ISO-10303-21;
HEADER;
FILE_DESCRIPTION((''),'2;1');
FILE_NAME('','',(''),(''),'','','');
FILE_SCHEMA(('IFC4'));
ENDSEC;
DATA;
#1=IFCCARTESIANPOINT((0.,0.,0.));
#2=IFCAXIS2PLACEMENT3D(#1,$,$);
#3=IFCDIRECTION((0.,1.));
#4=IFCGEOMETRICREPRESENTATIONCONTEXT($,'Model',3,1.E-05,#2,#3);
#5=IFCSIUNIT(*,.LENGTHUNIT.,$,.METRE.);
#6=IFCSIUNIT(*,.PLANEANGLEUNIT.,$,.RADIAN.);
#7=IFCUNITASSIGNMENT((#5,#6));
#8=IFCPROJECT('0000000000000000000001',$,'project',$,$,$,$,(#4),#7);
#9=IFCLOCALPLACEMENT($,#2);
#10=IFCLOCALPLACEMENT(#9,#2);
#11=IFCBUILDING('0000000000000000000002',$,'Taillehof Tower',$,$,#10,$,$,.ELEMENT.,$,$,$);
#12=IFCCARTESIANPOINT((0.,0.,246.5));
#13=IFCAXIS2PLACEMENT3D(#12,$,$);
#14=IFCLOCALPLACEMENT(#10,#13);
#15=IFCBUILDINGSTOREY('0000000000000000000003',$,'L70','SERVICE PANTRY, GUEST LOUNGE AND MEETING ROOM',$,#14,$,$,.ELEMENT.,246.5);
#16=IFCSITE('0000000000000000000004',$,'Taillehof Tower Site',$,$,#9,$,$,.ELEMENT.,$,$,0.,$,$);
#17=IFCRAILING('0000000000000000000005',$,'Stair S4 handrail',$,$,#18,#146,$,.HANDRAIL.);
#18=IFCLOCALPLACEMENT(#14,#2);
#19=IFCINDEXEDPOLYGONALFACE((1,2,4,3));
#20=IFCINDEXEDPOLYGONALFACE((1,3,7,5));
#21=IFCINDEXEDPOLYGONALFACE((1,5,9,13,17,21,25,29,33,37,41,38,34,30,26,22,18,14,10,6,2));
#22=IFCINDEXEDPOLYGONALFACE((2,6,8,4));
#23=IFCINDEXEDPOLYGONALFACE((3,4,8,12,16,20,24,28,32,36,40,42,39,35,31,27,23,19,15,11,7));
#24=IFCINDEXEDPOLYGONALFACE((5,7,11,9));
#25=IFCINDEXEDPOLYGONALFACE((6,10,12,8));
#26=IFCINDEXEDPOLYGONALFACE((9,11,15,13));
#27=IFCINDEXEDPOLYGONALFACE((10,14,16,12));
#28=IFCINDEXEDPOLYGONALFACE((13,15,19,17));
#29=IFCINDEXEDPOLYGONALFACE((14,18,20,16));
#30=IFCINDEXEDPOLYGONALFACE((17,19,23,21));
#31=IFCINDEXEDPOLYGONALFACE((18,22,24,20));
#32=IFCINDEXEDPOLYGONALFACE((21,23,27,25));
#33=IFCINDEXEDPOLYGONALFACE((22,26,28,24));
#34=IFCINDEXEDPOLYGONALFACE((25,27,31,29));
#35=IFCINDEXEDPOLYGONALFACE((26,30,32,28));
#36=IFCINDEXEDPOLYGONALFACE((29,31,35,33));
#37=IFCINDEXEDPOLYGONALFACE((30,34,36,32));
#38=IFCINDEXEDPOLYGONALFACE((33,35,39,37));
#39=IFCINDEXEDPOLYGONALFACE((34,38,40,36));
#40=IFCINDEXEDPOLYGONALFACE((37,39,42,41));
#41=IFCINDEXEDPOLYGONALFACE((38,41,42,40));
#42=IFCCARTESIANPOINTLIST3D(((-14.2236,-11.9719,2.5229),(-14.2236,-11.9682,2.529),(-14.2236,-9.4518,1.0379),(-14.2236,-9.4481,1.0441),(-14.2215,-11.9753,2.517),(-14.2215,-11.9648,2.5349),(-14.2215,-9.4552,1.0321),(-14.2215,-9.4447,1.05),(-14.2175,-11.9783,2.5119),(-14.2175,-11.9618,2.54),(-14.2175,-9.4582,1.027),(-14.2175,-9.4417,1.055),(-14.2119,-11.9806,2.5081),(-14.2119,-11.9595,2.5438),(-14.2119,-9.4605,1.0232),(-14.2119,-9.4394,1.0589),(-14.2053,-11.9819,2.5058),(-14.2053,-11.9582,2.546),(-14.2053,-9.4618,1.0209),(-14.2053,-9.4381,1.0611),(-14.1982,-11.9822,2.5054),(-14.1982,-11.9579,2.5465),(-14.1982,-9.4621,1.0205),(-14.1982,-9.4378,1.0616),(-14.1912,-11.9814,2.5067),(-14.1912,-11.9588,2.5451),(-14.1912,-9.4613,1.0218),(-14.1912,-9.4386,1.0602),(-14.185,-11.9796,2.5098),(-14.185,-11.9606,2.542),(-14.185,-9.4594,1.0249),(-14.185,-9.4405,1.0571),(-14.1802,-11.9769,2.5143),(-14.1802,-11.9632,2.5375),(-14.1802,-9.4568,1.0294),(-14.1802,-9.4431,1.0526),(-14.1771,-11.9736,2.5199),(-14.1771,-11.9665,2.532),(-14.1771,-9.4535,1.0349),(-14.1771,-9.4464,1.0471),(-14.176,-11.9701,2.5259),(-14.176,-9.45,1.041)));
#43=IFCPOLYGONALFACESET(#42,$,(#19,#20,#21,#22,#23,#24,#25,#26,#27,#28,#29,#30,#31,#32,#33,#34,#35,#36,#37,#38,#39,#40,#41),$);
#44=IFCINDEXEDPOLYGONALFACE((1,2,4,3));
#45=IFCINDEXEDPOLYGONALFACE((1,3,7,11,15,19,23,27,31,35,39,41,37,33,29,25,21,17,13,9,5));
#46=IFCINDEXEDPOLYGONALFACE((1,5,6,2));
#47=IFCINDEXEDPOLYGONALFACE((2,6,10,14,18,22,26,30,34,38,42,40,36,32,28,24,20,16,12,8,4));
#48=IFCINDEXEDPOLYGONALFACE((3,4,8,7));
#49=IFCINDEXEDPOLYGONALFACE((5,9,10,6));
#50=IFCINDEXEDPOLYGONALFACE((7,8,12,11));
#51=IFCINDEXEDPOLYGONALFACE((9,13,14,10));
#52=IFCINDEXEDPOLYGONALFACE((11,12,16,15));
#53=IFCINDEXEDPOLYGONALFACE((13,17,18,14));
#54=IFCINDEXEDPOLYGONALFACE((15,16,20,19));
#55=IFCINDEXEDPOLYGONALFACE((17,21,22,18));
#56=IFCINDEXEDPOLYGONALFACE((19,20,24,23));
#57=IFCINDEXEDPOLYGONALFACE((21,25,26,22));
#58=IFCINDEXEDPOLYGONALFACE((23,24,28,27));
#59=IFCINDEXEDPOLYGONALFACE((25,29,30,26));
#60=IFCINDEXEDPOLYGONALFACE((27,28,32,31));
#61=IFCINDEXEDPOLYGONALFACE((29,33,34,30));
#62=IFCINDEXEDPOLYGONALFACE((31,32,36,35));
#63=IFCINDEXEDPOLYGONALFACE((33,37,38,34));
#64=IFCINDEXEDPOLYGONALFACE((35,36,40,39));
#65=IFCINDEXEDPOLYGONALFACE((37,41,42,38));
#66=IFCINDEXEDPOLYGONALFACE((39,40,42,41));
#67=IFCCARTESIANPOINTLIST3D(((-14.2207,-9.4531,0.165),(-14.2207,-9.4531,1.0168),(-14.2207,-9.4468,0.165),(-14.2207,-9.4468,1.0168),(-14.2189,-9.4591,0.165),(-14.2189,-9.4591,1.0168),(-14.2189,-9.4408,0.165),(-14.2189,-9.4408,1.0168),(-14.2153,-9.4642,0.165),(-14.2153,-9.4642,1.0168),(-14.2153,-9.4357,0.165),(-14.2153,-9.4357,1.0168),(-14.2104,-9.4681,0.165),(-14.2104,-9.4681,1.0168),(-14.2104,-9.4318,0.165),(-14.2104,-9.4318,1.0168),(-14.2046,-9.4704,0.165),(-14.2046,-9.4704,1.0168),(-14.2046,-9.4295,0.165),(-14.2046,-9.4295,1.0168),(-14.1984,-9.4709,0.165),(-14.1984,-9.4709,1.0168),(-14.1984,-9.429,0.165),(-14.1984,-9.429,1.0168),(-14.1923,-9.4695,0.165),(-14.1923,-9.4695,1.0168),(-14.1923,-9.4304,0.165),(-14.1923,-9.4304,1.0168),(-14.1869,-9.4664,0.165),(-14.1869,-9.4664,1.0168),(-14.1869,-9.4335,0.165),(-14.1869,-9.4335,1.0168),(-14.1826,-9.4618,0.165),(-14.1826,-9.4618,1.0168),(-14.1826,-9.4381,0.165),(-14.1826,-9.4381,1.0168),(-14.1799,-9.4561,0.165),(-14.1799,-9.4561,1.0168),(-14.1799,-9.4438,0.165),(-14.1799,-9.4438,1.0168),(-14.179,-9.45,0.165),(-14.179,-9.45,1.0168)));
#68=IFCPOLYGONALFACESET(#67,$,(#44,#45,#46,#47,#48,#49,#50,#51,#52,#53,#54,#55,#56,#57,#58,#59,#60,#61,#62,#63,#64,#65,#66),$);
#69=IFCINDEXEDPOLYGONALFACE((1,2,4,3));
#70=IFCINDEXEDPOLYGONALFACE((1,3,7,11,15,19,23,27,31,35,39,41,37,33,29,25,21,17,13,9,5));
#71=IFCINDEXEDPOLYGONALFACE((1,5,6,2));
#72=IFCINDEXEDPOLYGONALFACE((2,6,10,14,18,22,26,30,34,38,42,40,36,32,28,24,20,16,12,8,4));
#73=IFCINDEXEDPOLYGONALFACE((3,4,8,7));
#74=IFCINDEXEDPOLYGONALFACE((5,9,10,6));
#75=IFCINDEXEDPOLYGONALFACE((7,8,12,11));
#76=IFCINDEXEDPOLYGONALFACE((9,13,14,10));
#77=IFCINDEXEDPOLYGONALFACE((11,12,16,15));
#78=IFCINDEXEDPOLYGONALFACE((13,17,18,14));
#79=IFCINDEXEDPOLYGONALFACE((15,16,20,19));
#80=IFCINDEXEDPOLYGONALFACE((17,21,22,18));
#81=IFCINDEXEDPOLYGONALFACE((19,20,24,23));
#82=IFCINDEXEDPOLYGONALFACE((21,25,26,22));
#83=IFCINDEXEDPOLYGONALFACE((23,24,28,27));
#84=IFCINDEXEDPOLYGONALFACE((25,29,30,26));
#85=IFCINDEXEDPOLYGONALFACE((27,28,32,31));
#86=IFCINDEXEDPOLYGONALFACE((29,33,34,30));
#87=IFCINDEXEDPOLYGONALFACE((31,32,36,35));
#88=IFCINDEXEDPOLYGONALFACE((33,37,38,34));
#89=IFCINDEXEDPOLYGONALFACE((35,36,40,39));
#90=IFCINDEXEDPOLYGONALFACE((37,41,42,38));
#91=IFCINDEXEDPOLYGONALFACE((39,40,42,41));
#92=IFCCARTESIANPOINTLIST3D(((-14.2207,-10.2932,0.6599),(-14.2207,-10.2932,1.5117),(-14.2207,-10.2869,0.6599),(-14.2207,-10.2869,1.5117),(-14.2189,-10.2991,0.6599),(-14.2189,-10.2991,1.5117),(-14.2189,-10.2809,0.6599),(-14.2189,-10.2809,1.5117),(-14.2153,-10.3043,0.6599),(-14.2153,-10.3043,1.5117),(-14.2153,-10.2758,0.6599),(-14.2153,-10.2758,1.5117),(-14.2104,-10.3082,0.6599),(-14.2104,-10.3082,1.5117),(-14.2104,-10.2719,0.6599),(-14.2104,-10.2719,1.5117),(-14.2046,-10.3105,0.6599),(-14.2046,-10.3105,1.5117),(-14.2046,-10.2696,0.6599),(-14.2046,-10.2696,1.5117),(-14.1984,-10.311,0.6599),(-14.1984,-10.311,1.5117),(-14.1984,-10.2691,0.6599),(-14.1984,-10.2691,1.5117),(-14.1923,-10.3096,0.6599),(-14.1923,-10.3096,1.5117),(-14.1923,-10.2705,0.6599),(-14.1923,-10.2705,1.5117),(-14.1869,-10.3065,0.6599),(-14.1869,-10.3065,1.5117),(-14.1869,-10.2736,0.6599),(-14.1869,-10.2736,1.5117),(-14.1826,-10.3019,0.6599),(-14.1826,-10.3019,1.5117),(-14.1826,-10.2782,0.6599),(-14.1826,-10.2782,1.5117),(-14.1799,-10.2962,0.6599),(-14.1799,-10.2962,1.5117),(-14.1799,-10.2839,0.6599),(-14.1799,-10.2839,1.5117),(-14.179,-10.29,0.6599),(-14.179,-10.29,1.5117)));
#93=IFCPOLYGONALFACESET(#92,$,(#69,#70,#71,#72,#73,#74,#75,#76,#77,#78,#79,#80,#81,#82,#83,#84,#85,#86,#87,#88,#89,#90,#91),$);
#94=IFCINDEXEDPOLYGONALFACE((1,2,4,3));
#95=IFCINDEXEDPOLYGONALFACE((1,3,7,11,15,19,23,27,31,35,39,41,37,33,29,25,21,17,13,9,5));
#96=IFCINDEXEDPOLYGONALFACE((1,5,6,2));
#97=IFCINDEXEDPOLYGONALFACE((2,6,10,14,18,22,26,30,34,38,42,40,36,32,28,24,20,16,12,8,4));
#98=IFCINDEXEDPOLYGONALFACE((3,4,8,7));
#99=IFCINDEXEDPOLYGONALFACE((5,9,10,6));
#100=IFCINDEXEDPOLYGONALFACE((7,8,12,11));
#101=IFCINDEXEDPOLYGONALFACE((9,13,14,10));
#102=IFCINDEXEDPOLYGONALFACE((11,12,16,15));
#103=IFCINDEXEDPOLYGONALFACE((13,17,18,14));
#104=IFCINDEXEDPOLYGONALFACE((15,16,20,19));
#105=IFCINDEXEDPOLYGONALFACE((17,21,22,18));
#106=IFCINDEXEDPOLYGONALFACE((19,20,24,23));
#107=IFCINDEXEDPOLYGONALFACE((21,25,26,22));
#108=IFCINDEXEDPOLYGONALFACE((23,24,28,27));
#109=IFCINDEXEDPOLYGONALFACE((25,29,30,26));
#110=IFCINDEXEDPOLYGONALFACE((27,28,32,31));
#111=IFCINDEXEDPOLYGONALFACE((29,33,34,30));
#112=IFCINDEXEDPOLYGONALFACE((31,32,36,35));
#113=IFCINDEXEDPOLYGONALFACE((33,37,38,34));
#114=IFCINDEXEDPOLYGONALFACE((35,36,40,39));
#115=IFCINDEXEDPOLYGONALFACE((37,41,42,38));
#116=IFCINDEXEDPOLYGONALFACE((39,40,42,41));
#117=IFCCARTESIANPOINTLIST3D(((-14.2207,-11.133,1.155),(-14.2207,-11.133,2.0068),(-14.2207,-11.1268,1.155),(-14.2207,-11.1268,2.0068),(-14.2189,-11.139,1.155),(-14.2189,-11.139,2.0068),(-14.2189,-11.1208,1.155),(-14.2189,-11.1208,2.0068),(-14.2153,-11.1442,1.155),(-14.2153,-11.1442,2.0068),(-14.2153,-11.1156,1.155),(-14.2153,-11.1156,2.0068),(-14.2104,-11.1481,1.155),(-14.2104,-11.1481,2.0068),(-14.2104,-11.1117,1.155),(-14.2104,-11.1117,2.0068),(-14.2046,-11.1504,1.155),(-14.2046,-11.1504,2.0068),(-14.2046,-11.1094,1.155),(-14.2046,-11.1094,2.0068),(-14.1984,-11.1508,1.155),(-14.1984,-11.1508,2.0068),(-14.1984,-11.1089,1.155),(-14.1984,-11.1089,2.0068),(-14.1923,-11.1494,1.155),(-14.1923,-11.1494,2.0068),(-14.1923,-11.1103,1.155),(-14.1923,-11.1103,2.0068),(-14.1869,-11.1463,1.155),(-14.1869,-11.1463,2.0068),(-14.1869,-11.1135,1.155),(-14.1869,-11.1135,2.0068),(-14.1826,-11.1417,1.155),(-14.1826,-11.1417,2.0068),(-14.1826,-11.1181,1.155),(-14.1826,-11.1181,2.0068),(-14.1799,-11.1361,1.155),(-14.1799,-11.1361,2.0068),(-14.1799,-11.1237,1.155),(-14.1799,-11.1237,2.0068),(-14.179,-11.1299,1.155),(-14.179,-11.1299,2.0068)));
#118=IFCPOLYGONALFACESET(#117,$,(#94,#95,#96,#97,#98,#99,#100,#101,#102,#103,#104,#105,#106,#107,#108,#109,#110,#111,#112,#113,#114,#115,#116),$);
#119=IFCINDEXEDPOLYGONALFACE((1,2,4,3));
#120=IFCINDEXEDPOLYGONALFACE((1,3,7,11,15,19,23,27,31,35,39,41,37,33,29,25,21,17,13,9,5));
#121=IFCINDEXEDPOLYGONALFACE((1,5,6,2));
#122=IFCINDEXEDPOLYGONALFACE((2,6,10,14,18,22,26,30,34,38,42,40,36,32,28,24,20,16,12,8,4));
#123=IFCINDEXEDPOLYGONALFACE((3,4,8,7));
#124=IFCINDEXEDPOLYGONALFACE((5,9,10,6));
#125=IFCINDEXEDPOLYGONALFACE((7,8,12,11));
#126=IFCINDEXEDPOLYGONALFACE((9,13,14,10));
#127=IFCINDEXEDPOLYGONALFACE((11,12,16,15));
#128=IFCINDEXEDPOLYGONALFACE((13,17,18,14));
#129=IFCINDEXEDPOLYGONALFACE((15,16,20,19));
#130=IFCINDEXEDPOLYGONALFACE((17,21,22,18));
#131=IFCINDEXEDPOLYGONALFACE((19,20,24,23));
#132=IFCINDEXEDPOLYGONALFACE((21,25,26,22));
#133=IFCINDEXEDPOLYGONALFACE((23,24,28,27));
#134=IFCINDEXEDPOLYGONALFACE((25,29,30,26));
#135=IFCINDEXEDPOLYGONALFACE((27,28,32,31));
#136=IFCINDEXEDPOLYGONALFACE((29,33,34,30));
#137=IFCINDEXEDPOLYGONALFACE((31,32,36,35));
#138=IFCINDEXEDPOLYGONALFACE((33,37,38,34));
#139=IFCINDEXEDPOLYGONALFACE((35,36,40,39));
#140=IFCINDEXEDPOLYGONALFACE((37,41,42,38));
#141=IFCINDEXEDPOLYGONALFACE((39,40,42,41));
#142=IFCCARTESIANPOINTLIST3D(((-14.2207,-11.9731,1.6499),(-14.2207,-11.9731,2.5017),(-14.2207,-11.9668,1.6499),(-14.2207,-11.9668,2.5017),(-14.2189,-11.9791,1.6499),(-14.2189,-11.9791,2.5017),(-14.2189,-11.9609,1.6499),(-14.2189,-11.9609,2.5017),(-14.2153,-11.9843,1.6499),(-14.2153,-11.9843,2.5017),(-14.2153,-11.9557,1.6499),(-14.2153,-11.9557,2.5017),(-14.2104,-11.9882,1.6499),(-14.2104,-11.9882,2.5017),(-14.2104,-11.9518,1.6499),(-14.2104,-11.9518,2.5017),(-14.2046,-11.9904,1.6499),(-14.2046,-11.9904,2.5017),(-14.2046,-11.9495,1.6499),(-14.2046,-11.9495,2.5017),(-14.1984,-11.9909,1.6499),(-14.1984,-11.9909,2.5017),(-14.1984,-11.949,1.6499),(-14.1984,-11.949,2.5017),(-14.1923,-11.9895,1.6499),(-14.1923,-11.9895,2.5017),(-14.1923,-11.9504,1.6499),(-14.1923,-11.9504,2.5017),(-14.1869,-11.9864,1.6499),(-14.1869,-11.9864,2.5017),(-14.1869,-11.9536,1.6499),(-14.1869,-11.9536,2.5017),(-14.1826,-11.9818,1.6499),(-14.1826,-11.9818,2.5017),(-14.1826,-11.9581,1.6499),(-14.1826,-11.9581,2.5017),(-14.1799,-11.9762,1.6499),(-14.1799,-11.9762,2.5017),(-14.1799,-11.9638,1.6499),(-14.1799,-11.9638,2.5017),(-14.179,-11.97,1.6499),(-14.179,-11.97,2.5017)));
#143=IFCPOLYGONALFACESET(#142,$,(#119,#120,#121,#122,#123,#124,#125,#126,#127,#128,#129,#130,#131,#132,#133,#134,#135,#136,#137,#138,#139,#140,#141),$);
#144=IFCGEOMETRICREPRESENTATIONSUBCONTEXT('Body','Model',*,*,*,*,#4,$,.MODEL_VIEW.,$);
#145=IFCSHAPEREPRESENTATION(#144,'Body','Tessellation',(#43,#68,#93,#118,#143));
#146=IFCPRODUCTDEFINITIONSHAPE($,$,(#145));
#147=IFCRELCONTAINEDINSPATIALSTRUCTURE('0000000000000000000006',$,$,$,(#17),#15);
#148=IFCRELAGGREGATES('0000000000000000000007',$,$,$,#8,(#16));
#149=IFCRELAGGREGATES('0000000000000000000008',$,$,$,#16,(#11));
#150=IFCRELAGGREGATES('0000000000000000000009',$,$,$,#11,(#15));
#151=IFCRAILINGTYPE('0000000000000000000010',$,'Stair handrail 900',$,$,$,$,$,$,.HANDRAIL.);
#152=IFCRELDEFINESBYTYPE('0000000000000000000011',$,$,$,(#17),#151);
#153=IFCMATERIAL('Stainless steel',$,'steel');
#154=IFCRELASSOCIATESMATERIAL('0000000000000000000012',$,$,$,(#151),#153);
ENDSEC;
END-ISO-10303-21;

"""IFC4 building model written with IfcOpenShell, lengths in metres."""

from ifc_helpers import new_model, si_unit, direction, frame, origin, origin_2d, place, context, subcontext, project, spatial, circle, extrude, material, type_object, element, save


model = new_model("IFC4")

# Units and contexts
model_context = context("Model", 3, precision=1e-05, world=origin(), true_north=direction((0.0, 1.0)))
body_context = subcontext(model_context, "Body", "Model", "MODEL_VIEW")
ifc_project = project(units=[si_unit("LENGTHUNIT", "METRE"), si_unit("PLANEANGLEUNIT", "RADIAN")], contexts=[model_context])

# Site, building, storey
site_placement = place(None, origin())
site = spatial("IfcSite", under=ifc_project, at=site_placement, Name="Taillehof Tower Site", CompositionType="ELEMENT", RefElevation=0.0)
building_placement = place(site_placement, origin())
building = spatial("IfcBuilding", under=site, at=building_placement, Name="Taillehof Tower", CompositionType="ELEMENT")
storey_placement = place(building_placement, frame((0.0, 0.0, 246.5)))
storey = spatial("IfcBuildingStorey", under=building, at=storey_placement, Name="L70", Description="SERVICE PANTRY, GUEST LOUNGE AND MEETING ROOM", CompositionType="ELEMENT", Elevation=246.5)

# Railing
ifc_material_1 = material(Name="Stainless steel", Category="steel")
railing_type = type_object("IfcRailingType", Name="Stair handrail 900", PredefinedType="HANDRAIL", material=ifc_material_1)
railing_placement = place(storey_placement, frame((-14.2, -9.45, 0.165)))
element("IfcRailing", 1, at=railing_placement, inside=storey, type_object=railing_type, Name="Stair S4 handrail", PredefinedType="HANDRAIL", context=body_context, shape_type="SweptSolid", body=[
    extrude(circle(Radius=0.0239, at=origin_2d()), frame((0.0, 0.0, 0.876), z_axis=(0.0, -0.861561, 0.507655), x_axis=(1.0, 0.0, 0.0)), (0.0, 0.0, 1.0), 2.925),
    extrude(circle(Radius=0.021, at=origin_2d()), origin(), (0.0, 0.0, 1.0), 0.8518),
    extrude(circle(Radius=0.021, at=origin_2d()), frame((0.0, -0.8401, 0.4949)), (0.0, 0.0, 1.0), 0.8518),
    extrude(circle(Radius=0.021, at=origin_2d()), frame((0.0, -1.6799, 0.99)), (0.0, 0.0, 1.0), 0.8518),
    extrude(circle(Radius=0.021, at=origin_2d()), frame((0.0, -2.52, 1.4849)), (0.0, 0.0, 1.0), 0.8518),
])

save(model, "model.ifc")
